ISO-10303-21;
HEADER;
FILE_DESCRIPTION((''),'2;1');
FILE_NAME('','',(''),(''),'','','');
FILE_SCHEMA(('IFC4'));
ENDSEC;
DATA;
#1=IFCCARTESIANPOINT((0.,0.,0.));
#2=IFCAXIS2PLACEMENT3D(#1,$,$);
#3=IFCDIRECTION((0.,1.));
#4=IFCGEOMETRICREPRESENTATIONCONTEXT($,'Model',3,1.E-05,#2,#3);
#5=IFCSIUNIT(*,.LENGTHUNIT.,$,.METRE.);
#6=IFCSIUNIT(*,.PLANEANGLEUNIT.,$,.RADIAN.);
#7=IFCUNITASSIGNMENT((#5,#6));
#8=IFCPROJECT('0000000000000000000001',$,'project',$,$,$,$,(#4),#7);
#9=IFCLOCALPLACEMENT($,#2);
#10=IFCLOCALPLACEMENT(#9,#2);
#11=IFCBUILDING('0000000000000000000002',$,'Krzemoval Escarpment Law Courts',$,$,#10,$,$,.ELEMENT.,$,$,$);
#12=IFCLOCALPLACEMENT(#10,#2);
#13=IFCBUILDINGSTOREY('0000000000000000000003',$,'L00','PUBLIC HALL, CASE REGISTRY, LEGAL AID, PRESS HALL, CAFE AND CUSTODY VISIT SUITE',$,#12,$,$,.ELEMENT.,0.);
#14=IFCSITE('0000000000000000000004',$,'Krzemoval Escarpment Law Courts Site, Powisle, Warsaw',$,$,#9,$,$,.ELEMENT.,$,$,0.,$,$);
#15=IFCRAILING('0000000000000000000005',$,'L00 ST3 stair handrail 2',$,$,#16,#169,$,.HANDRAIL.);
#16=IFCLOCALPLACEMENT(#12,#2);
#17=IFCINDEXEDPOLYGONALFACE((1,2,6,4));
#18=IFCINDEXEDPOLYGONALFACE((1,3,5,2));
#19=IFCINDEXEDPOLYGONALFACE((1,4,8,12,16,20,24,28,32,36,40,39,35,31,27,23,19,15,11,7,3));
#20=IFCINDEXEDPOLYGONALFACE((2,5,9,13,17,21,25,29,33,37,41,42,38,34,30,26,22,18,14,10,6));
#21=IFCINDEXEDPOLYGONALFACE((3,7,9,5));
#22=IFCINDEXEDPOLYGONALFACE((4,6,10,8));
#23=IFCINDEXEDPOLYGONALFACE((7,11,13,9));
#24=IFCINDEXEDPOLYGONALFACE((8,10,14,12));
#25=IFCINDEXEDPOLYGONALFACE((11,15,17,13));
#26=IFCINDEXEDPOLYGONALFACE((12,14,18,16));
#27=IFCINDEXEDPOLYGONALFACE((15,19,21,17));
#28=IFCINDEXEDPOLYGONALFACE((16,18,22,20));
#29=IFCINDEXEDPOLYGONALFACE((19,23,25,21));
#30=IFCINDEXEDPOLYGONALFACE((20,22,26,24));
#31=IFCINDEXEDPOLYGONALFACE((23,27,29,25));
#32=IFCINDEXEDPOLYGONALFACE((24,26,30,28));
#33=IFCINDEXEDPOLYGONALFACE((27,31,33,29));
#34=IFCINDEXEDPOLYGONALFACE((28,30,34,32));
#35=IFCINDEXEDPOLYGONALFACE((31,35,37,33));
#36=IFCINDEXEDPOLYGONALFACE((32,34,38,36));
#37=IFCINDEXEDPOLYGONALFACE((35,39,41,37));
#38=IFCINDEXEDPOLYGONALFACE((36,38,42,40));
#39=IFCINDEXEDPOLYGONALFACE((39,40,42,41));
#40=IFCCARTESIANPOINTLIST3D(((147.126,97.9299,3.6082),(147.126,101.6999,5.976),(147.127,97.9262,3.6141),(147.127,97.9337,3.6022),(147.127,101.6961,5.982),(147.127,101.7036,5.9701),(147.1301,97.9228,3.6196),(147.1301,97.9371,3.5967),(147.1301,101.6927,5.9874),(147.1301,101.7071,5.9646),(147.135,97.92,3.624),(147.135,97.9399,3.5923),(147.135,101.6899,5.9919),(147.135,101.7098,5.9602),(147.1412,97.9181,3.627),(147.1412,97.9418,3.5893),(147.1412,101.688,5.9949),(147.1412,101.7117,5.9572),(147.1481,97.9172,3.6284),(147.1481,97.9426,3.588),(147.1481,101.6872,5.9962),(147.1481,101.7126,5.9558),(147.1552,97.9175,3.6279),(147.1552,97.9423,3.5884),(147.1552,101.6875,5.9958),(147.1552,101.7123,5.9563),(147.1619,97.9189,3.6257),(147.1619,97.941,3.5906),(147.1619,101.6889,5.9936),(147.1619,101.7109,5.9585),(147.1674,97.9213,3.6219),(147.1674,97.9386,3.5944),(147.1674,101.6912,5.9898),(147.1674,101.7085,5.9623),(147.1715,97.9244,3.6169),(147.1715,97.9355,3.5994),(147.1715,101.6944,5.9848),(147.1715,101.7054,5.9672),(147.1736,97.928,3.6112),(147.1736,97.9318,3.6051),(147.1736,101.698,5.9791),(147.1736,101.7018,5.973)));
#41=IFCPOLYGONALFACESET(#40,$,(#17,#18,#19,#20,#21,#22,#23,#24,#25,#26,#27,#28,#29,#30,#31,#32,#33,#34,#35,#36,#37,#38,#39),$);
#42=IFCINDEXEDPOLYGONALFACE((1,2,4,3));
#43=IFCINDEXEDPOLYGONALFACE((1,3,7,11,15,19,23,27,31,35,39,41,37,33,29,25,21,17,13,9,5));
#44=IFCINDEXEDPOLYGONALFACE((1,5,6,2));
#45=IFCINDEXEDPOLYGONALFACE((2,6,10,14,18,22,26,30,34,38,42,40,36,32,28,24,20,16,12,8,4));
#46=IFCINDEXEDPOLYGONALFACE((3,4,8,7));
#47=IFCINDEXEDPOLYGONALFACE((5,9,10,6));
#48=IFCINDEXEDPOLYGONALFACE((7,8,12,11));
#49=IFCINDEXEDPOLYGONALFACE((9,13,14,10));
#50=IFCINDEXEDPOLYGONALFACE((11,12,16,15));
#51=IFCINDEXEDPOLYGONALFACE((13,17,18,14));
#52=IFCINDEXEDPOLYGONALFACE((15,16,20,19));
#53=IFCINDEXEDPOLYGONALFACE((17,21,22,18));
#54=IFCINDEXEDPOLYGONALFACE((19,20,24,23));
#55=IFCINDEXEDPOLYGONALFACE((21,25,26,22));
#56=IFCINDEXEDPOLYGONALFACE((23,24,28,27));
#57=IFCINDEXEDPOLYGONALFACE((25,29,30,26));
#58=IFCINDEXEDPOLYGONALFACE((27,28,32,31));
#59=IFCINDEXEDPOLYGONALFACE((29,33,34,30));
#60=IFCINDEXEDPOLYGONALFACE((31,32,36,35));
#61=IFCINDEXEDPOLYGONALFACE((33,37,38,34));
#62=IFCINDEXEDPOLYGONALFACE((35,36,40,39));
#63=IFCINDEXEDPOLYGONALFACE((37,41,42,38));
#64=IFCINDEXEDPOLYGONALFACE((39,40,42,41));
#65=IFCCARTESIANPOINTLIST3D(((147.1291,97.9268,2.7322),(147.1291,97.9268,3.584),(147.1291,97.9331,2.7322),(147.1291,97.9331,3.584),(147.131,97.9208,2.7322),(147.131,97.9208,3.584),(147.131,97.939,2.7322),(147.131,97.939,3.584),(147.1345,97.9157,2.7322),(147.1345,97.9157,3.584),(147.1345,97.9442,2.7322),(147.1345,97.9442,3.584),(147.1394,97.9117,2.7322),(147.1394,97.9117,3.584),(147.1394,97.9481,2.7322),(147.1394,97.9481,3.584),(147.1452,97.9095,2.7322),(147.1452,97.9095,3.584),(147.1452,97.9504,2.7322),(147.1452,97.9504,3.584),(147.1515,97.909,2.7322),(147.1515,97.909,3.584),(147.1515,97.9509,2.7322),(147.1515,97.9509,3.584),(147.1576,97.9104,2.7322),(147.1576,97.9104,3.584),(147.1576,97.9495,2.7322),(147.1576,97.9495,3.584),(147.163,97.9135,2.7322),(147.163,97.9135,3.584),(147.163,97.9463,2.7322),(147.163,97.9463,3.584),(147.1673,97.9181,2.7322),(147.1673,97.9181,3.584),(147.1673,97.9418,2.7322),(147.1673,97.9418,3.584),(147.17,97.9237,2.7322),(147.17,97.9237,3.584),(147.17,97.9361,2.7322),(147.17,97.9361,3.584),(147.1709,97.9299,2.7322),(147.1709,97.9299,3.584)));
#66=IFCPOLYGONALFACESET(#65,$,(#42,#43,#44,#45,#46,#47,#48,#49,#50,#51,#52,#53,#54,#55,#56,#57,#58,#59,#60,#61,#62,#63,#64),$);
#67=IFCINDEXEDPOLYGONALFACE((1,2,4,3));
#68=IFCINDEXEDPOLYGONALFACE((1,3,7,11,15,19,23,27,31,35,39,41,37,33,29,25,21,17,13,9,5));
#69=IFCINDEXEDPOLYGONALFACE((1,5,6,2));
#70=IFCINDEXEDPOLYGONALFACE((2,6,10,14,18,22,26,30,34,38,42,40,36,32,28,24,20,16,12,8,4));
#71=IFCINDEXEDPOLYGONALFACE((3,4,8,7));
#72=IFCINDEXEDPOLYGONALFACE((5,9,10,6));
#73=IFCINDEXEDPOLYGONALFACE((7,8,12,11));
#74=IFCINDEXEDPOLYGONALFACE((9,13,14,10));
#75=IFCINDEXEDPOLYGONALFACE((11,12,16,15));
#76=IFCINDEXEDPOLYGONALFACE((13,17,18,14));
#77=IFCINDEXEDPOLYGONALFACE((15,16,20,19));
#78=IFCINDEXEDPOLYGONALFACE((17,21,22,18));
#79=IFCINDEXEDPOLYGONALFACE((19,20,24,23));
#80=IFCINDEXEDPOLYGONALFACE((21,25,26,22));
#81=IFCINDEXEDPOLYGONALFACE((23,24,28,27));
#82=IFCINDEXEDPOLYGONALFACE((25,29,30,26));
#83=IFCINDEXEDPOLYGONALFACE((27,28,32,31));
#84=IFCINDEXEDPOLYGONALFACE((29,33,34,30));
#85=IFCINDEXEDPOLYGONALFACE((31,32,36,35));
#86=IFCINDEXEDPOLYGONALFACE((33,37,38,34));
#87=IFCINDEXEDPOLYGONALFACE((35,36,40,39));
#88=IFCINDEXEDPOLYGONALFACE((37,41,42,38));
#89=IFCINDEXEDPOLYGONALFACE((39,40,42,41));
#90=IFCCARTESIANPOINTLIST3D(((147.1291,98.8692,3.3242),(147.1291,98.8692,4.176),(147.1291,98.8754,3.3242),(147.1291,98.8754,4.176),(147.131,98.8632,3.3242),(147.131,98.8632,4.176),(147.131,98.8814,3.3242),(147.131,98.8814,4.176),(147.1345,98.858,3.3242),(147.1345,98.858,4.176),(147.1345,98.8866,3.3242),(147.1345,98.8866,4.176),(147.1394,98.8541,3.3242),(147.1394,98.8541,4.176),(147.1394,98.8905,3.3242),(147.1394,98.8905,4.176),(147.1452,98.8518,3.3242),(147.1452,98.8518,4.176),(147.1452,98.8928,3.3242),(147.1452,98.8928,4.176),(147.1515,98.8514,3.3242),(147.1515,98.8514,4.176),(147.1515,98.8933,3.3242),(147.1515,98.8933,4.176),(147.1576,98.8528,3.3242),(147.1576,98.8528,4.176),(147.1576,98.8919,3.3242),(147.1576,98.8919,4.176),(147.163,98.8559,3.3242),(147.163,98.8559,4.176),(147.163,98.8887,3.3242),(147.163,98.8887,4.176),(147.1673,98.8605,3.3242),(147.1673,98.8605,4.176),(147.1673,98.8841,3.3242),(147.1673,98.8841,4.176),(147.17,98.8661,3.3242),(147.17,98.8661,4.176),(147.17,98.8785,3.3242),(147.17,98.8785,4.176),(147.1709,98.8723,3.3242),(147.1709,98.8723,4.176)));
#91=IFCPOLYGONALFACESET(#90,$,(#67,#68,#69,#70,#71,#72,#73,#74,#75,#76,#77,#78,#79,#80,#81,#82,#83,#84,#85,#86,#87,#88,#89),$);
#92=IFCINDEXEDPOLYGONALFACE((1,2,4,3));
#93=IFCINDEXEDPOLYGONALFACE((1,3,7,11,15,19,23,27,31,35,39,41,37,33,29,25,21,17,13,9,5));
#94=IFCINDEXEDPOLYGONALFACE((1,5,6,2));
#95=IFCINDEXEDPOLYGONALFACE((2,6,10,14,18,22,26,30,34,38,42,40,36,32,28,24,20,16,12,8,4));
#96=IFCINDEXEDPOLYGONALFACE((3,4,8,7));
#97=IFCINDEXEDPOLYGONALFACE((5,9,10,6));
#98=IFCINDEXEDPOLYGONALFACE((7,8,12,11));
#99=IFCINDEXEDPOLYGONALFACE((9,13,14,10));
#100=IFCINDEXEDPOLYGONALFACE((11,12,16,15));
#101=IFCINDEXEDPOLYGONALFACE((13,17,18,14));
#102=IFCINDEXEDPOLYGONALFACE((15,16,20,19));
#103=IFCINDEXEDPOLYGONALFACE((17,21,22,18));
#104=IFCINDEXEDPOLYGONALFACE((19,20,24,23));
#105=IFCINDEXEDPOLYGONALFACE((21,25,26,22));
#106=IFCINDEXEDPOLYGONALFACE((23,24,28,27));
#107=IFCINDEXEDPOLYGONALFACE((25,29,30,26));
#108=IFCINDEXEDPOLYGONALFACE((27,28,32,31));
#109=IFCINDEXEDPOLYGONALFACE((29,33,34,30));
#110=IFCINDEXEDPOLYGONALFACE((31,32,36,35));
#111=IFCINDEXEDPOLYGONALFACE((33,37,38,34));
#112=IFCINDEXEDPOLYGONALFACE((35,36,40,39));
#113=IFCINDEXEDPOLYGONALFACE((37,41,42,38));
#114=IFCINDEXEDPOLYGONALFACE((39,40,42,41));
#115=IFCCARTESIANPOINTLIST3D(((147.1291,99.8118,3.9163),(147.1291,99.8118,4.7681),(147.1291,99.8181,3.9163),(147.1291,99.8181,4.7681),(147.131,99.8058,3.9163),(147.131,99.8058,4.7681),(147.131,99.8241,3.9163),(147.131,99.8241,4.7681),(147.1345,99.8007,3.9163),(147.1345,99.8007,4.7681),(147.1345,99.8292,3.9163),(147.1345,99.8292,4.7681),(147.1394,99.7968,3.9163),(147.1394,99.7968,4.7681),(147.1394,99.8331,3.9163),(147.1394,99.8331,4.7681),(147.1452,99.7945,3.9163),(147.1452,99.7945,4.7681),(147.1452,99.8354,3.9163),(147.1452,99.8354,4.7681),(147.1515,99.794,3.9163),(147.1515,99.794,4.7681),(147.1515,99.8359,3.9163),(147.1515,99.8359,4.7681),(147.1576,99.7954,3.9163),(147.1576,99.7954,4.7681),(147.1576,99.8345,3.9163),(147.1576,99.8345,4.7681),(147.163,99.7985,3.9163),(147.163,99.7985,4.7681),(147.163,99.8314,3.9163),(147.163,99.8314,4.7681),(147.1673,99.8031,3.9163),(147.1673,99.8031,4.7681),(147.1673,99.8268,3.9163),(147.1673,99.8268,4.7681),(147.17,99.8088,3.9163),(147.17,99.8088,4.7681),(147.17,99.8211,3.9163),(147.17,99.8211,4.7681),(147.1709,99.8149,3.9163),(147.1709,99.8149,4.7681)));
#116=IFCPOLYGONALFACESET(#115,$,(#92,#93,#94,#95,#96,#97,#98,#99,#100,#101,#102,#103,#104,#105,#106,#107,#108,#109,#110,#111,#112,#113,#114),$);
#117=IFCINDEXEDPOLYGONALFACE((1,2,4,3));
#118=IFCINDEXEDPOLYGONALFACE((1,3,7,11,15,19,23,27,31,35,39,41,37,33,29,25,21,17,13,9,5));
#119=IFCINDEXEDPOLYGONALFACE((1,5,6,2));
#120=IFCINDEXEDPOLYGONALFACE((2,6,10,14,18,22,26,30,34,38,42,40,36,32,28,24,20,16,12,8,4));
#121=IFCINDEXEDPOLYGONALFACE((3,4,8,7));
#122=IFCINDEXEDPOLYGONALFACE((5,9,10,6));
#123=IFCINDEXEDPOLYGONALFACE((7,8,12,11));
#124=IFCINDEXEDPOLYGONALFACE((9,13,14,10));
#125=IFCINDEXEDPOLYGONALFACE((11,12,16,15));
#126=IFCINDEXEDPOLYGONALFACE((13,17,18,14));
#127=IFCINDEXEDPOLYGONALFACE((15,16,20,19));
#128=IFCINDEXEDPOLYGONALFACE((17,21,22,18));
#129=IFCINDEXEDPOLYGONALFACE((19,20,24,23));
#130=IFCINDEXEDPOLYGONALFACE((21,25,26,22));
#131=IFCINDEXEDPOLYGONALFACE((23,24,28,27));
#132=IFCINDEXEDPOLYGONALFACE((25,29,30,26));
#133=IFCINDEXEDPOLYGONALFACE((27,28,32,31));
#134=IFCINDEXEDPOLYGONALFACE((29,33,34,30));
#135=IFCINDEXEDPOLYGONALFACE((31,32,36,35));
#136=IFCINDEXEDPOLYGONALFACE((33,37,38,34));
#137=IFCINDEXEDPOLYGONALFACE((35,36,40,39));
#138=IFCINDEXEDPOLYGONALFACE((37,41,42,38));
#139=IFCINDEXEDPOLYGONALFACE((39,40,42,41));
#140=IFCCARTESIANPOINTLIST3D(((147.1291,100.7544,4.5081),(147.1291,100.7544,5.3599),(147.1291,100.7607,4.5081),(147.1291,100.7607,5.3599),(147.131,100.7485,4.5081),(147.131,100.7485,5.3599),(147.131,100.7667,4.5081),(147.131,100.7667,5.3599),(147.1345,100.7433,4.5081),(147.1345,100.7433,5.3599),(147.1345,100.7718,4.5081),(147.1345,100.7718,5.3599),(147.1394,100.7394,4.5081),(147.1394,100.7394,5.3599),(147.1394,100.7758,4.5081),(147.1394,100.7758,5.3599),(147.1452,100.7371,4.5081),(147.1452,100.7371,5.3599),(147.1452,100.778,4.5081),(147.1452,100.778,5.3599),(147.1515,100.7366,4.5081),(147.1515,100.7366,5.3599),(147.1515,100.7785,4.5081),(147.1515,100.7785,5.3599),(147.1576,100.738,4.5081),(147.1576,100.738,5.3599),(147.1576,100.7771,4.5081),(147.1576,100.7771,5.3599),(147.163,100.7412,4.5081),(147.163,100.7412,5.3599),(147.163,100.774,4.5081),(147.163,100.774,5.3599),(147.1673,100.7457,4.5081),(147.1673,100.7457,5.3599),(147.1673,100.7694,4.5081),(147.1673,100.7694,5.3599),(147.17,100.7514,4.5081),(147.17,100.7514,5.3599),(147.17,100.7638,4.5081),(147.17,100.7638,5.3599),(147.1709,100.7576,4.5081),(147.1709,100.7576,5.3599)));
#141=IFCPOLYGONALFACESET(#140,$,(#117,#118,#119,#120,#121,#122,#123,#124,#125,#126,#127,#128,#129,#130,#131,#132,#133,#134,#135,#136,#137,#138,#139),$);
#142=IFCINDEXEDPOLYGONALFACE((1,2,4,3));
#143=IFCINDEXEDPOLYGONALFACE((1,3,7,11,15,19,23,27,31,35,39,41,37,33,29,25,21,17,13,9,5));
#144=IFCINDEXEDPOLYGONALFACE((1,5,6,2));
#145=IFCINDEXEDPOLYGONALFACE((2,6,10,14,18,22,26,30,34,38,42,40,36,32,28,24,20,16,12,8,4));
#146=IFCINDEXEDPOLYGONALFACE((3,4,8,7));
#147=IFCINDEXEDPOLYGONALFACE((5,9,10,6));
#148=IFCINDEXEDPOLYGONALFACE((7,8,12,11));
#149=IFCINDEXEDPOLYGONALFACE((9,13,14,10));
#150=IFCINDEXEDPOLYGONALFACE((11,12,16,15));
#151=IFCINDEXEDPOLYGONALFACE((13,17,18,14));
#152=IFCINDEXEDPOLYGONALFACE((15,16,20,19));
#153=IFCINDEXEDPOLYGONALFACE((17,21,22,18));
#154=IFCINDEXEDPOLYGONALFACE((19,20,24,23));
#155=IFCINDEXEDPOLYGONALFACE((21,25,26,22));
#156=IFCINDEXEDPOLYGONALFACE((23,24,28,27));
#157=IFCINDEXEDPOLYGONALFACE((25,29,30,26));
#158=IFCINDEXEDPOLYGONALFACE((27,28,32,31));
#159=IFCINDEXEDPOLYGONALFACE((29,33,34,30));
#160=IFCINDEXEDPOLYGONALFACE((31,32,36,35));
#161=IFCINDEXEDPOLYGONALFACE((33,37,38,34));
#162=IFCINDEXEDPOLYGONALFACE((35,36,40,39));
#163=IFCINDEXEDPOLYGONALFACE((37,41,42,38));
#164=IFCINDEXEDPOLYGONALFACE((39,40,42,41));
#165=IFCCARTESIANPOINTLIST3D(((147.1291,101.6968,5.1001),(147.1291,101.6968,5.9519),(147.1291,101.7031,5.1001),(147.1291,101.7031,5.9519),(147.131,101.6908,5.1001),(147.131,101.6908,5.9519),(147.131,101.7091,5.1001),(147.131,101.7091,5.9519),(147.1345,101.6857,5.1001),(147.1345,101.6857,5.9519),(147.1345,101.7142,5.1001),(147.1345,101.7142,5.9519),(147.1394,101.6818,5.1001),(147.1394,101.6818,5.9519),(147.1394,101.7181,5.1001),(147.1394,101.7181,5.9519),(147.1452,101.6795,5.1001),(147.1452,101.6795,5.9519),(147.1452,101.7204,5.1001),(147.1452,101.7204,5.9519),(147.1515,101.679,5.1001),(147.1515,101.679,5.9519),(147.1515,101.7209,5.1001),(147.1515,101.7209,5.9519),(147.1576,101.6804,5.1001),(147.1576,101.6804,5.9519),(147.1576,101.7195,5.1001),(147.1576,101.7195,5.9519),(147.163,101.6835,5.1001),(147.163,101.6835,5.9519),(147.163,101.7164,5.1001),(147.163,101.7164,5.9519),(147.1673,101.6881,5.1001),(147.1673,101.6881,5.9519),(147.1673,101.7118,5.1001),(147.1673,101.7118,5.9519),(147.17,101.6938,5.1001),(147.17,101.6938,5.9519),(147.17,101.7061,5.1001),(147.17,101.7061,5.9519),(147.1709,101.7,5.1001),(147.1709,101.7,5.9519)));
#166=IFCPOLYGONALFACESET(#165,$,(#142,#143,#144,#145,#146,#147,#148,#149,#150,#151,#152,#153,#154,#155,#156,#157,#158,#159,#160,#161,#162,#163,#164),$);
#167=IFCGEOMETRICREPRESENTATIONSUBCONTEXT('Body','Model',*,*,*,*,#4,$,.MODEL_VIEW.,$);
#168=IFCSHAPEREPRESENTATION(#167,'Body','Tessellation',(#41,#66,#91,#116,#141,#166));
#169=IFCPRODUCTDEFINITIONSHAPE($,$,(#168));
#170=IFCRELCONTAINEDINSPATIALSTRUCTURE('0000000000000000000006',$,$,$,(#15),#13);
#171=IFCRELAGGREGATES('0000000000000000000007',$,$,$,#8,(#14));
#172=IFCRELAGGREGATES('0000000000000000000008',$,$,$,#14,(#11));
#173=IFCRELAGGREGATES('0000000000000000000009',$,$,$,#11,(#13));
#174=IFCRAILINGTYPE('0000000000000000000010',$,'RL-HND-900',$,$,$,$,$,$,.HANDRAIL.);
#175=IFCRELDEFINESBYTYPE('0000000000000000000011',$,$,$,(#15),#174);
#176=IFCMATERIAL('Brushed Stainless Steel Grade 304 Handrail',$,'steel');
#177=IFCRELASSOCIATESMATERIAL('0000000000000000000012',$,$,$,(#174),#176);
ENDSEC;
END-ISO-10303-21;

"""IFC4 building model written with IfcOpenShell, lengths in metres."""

from ifc_helpers import new_model, si_unit, direction, frame, origin, origin_2d, place, context, subcontext, project, spatial, circle, extrude, material, type_object, element, save


model = new_model("IFC4")

# Units and contexts
model_context = context("Model", 3, precision=1e-05, world=origin(), true_north=direction((0.0, 1.0)))
body_context = subcontext(model_context, "Body", "Model", "MODEL_VIEW")
ifc_project = project(units=[si_unit("LENGTHUNIT", "METRE"), si_unit("PLANEANGLEUNIT", "RADIAN")], contexts=[model_context])

# Site, building, storey
site_placement = place(None, origin())
site = spatial("IfcSite", under=ifc_project, at=site_placement, Name="Krzemoval Escarpment Law Courts Site, Powisle, Warsaw", CompositionType="ELEMENT", RefElevation=0.0)
building_placement = place(site_placement, origin())
building = spatial("IfcBuilding", under=site, at=building_placement, Name="Krzemoval Escarpment Law Courts", CompositionType="ELEMENT")
storey_placement = place(building_placement, origin())
storey = spatial("IfcBuildingStorey", under=building, at=storey_placement, Name="L00", Description="PUBLIC HALL, CASE REGISTRY, LEGAL AID, PRESS HALL, CAFE AND CUSTODY VISIT SUITE", CompositionType="ELEMENT", Elevation=0.0)

# Railing
ifc_material_1 = material(Name="Brushed Stainless Steel Grade 304 Handrail", Category="steel")
railing_type_1 = type_object("IfcRailingType", Name="RL-HND-900", PredefinedType="HANDRAIL", material=ifc_material_1)
railing_1_placement = place(storey_placement, frame((147.1499, 97.9299, 2.7322)))
element("IfcRailing", 1, at=railing_1_placement, inside=storey, type_object=railing_type_1, Name="L00 ST3 stair handrail 2", PredefinedType="HANDRAIL", context=body_context, shape_type="SweptSolid", body=[
    extrude(circle(Radius=0.0239, at=origin_2d()), frame((0.0, 0.0, 0.876), z_axis=(0.0, 0.846819, 0.531881), x_axis=(-1.0, 0.0, 0.0)), (0.0, 0.0, 1.0), 4.4519),
    extrude(circle(Radius=0.021, at=origin_2d()), origin(), (0.0, 0.0, 1.0), 0.8518),
    extrude(circle(Radius=0.021, at=origin_2d()), frame((0.0, 0.9424, 0.592)), (0.0, 0.0, 1.0), 0.8518),
    extrude(circle(Radius=0.021, at=origin_2d()), frame((0.0, 1.885, 1.1841)), (0.0, 0.0, 1.0), 0.8518),
    extrude(circle(Radius=0.021, at=origin_2d()), frame((0.0, 2.8276, 1.7759)), (0.0, 0.0, 1.0), 0.8518),
    extrude(circle(Radius=0.021, at=origin_2d()), frame((0.0, 3.77, 2.3679)), (0.0, 0.0, 1.0), 0.8518),
])

save(model, "model.ifc")
